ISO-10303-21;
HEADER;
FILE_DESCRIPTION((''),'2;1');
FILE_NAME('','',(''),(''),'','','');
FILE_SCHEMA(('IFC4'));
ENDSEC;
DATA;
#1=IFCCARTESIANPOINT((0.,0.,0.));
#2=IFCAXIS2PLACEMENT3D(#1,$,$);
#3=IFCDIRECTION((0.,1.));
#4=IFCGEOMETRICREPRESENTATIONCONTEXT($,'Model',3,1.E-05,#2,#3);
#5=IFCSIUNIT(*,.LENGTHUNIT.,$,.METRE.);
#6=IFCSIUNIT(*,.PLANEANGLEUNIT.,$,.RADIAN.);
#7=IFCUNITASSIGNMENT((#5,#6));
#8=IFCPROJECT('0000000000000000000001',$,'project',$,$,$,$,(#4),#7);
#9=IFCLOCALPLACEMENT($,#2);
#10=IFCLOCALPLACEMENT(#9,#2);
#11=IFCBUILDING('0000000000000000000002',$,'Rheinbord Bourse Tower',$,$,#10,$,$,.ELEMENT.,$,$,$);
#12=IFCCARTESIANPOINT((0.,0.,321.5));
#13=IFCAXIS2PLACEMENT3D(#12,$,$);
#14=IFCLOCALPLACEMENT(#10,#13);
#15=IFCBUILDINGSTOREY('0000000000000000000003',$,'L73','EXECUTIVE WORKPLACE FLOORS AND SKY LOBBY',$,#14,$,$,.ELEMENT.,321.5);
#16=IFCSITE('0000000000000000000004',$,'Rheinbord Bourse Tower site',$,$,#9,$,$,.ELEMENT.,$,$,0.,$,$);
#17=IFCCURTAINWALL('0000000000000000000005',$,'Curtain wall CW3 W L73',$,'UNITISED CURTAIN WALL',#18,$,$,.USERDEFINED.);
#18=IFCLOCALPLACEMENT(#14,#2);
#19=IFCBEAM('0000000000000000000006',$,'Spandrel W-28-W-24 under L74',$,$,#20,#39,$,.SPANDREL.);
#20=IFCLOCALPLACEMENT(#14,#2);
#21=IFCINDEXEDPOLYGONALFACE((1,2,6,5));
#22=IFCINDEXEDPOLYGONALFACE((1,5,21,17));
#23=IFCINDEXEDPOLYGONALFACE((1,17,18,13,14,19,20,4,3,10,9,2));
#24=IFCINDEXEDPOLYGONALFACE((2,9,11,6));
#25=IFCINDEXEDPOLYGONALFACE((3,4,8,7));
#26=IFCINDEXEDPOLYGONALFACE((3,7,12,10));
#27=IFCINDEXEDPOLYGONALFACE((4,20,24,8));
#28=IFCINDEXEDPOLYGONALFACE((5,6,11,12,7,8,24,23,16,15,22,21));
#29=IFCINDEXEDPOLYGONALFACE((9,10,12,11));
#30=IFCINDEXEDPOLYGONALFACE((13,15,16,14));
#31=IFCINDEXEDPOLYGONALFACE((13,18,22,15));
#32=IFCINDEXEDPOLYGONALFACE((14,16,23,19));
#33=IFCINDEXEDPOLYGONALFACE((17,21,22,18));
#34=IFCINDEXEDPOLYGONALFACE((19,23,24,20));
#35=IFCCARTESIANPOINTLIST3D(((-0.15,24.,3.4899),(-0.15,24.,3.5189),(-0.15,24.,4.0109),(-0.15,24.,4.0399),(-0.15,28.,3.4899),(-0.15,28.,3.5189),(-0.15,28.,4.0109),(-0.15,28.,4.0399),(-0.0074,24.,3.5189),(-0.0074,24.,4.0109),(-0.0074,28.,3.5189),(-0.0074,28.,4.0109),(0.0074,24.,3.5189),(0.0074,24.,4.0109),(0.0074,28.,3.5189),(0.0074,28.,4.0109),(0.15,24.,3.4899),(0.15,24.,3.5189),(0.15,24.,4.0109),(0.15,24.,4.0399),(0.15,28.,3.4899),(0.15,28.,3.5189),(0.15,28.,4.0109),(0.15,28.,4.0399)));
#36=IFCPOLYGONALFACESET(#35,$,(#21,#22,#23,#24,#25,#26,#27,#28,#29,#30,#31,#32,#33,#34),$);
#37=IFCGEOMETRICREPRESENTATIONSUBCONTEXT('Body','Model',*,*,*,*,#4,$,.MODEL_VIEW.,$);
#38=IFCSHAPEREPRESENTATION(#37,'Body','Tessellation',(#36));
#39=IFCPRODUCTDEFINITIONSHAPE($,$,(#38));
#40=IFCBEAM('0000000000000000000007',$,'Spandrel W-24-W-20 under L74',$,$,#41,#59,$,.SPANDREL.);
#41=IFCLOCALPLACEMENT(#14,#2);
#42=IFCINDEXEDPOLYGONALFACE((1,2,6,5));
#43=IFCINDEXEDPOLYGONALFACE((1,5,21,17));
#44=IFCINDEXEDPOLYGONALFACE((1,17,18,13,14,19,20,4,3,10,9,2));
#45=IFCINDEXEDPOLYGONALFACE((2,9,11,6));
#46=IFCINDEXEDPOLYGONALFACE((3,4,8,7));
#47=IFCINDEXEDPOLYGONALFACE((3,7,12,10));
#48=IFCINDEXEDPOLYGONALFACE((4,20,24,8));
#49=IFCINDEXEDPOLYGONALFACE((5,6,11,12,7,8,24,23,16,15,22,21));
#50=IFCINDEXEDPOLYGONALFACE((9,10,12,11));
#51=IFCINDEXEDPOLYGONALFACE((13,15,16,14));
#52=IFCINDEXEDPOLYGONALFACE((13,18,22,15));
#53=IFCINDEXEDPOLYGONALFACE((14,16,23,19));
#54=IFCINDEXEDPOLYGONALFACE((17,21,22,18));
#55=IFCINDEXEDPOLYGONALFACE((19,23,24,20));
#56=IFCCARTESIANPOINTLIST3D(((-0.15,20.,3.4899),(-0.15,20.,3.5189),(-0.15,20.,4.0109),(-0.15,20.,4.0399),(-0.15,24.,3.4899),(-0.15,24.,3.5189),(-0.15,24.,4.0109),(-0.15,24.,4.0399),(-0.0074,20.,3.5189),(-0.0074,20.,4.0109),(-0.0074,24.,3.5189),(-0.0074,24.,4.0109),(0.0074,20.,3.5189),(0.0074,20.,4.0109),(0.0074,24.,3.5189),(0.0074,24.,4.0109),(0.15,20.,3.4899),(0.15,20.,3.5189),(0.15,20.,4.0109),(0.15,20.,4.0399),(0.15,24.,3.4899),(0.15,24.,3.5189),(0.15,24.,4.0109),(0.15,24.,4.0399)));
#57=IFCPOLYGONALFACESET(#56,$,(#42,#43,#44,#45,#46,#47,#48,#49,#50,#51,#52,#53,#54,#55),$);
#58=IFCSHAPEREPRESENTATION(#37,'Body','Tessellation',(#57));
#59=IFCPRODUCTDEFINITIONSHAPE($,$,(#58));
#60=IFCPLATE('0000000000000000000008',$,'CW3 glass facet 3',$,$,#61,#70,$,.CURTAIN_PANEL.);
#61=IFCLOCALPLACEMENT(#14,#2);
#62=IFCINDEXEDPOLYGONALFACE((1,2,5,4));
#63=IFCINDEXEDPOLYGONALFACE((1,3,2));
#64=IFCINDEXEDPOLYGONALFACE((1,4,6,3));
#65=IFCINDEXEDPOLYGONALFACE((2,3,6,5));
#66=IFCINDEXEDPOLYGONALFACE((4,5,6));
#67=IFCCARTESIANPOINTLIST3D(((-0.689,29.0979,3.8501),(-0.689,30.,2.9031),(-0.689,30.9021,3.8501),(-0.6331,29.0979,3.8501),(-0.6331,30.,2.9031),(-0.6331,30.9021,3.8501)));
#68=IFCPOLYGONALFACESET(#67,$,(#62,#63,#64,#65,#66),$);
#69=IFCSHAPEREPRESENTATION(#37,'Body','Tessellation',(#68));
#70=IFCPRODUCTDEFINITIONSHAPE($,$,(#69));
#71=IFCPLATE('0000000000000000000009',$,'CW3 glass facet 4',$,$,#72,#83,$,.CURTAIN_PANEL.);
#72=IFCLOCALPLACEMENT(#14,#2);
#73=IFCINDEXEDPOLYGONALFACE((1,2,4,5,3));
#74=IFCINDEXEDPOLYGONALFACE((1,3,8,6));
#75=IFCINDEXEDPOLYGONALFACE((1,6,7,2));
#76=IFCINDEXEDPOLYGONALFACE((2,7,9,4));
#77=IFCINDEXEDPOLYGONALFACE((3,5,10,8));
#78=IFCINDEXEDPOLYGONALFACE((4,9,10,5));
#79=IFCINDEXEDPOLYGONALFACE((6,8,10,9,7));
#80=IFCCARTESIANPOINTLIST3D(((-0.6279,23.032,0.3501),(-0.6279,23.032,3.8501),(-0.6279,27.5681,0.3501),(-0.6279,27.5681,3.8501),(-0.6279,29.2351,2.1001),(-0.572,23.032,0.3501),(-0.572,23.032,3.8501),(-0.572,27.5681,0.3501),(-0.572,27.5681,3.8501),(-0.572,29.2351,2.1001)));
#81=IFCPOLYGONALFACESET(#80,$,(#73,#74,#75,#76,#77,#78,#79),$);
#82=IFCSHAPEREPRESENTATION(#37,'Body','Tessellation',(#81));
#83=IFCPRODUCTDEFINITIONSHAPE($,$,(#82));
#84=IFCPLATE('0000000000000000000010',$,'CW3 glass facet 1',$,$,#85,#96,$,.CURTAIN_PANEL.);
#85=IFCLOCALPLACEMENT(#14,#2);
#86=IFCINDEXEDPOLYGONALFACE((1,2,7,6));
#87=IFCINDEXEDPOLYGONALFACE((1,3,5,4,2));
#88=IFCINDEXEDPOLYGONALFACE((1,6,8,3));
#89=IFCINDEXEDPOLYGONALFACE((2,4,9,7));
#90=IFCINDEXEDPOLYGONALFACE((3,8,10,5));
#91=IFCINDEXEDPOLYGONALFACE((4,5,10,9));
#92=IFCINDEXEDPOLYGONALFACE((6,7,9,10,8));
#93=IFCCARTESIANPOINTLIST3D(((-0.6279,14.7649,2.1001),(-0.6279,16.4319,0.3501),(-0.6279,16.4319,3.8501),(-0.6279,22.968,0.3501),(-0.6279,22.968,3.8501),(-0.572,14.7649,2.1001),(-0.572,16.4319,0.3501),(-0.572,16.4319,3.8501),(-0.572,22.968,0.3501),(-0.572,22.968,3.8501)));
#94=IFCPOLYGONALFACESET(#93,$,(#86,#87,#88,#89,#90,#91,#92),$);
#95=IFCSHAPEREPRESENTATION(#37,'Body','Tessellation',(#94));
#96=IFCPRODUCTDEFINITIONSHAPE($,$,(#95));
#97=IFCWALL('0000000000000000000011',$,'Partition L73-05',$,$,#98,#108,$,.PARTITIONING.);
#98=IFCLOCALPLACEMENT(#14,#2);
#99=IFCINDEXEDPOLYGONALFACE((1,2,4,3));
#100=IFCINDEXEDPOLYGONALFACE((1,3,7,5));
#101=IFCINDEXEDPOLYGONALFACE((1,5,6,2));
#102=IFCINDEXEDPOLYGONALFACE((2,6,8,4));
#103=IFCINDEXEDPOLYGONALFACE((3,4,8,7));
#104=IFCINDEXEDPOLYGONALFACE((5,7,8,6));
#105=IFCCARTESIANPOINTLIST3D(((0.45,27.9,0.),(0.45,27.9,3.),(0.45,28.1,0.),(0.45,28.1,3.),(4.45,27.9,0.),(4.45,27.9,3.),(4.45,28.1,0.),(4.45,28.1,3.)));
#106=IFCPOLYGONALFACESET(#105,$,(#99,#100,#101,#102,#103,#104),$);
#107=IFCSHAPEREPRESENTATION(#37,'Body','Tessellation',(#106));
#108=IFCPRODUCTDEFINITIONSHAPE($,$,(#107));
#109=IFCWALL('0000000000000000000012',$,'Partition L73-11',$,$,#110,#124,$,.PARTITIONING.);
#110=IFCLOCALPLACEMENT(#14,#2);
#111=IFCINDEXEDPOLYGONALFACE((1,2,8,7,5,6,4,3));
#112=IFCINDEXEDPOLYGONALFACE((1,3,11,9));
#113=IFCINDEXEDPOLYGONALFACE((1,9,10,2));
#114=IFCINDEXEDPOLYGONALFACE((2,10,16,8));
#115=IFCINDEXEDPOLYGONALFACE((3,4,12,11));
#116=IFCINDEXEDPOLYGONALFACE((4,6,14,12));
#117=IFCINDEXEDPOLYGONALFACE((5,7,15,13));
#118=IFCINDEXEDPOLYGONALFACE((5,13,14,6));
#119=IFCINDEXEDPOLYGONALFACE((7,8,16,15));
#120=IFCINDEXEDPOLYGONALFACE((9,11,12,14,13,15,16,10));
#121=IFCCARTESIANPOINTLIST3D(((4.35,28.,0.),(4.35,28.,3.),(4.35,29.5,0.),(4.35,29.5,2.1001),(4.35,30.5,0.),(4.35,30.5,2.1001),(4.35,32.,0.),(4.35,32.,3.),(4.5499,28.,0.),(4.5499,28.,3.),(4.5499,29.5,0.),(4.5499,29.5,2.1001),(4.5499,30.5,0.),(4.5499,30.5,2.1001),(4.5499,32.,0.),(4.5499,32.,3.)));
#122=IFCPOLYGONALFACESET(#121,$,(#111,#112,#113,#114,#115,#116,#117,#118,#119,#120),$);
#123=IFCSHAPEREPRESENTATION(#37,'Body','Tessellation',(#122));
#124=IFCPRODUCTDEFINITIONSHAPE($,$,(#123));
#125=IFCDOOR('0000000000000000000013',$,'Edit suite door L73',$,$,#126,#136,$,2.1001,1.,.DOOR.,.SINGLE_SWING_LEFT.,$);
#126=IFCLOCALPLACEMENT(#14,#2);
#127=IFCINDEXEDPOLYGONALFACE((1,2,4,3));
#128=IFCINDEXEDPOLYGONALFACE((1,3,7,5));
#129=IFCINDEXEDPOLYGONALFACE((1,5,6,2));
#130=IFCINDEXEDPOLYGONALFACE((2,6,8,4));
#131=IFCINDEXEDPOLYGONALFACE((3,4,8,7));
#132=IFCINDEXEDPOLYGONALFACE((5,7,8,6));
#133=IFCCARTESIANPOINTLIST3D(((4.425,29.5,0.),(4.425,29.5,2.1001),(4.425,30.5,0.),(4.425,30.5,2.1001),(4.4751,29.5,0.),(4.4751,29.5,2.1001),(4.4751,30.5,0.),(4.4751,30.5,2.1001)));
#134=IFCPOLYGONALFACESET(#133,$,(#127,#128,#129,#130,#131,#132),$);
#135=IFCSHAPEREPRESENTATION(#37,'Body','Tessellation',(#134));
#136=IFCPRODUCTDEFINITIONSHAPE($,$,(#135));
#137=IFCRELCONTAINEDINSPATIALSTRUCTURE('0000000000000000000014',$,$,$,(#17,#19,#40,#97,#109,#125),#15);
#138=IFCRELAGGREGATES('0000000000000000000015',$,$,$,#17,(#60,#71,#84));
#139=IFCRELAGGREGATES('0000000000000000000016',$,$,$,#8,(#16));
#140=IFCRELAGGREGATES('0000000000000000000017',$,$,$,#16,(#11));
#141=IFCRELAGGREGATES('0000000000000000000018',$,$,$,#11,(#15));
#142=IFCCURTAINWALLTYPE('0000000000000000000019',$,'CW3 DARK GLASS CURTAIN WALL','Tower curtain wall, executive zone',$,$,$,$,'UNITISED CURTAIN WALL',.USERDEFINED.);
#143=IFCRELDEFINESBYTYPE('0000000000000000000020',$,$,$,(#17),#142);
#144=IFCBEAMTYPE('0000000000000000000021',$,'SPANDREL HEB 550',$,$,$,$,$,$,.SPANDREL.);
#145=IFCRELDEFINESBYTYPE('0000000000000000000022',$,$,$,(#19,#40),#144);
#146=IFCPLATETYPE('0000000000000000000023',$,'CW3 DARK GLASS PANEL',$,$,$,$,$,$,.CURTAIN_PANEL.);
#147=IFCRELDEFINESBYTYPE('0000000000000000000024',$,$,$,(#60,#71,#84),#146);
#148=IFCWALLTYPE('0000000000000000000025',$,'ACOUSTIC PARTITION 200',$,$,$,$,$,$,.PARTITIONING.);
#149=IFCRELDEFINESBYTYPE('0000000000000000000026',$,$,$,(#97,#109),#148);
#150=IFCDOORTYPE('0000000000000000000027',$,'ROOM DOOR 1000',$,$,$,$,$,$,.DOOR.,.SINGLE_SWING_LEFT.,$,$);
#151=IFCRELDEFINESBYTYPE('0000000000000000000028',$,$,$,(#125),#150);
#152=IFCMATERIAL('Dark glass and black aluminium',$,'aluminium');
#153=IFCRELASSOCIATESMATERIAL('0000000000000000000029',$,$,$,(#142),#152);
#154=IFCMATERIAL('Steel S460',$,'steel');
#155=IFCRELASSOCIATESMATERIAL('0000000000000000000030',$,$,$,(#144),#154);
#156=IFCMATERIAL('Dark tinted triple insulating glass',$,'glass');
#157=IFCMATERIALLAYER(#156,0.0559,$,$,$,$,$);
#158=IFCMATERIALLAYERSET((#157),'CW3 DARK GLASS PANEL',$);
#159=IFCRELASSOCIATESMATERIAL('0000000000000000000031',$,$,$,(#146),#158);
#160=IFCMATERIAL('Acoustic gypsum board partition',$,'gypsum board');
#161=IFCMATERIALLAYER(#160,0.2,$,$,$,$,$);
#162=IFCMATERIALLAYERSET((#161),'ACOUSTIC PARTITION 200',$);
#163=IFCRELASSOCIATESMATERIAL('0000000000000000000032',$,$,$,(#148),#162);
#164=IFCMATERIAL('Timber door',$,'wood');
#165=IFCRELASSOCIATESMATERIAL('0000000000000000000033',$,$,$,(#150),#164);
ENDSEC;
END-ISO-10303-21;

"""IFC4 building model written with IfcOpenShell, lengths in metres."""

from ifc_helpers import new_model, si_unit, direction, frame, frame_2d, origin, origin_2d, place, context, subcontext, project, spatial, polyline, rectangle, i_section, outline, extrude, material, layer, layer_set, material_profile, profile_set, type_object, element, fill, aggregate, save


model = new_model("IFC4")

# Units and contexts
model_context = context("Model", 3, precision=1e-05, world=origin(), true_north=direction((0.0, 1.0)))
body_context = subcontext(model_context, "Body", "Model", "MODEL_VIEW")
ifc_project = project(units=[si_unit("LENGTHUNIT", "METRE"), si_unit("PLANEANGLEUNIT", "RADIAN")], contexts=[model_context])

# Site, building, storey
site_placement = place(None, origin())
site = spatial("IfcSite", under=ifc_project, at=site_placement, Name="Rheinbord Bourse Tower site", CompositionType="ELEMENT", RefElevation=0.0)
building_placement = place(site_placement, origin())
building = spatial("IfcBuilding", under=site, at=building_placement, Name="Rheinbord Bourse Tower", CompositionType="ELEMENT")
storey_placement = place(building_placement, frame((0.0, 0.0, 321.5)))
storey = spatial("IfcBuildingStorey", under=building, at=storey_placement, Name="L73", Description="EXECUTIVE WORKPLACE FLOORS AND SKY LOBBY", CompositionType="ELEMENT", Elevation=321.5)

# Curtain wall
ifc_material_1 = material(Name="Dark glass and black aluminium", Category="aluminium")
curtain_wall_type = type_object("IfcCurtainWallType", Name="CW3 DARK GLASS CURTAIN WALL", Description="Tower curtain wall, executive zone", ElementType="UNITISED CURTAIN WALL", PredefinedType="USERDEFINED", material=ifc_material_1)
curtain_wall_placement = place(storey_placement, origin())
curtain_wall = element("IfcCurtainWall", 1, at=curtain_wall_placement, inside=storey, type_object=curtain_wall_type, Name="Curtain wall CW3 W L73", ObjectType="UNITISED CURTAIN WALL", PredefinedType="USERDEFINED")

# Beams
ifc_material_2 = material(Name="Steel S460", Category="steel")
ifc_material_profile_1 = material_profile(ifc_material_2, i_section(OverallWidth=0.3, OverallDepth=0.55, WebThickness=0.0149, FlangeThickness=0.0291, at=origin_2d()), Name="HEB 550")
ifc_profile_set_1 = profile_set([ifc_material_profile_1], Name="Steel S460")
beam_type_1 = type_object("IfcBeamType", Name="SPANDREL HEB 550", PredefinedType="SPANDREL", material=ifc_profile_set_1)
for number, where, z_axis, x_axis, name in (
    (2, (0.0, 28.0, 3.7649), (0.0, -1.0, 0.0), (1.0, 0.0, 0.0), "Spandrel W-28-W-24 under L74"),
    (3, (0.0, 24.0, 3.7649), (0.0, -1.0, 0.0), (1.0, 0.0, 0.0), "Spandrel W-24-W-20 under L74"),
):
    element("IfcBeam", number, at=place(storey_placement, frame(where, z_axis=z_axis, x_axis=x_axis)), inside=storey, type_object=beam_type_1, Name=name, PredefinedType="SPANDREL", context=body_context, shape_type="SweptSolid", body=[
        extrude(i_section(OverallWidth=0.3, OverallDepth=0.55, WebThickness=0.0149, FlangeThickness=0.0291, at=origin_2d()), origin(), (0.0, 0.0, 1.0), 4.0),
    ])

# Plates
ifc_material_3 = material(Name="Dark tinted triple insulating glass", Category="glass")
ifc_layer_1 = layer(ifc_material_3, 0.0559)
ifc_layer_set_1 = layer_set([ifc_layer_1], Name="CW3 DARK GLASS PANEL")
plate_type = type_object("IfcPlateType", Name="CW3 DARK GLASS PANEL", PredefinedType="CURTAIN_PANEL", material=ifc_layer_set_1)
plate_1_placement = place(storey_placement, frame((-0.689, 29.0979, 3.8501), z_axis=(1.0, 0.0, 0.0), x_axis=(0.0, 0.689725, -0.724071)))
plate_1 = element("IfcPlate", 4, at=plate_1_placement, type_object=plate_type, Name="CW3 glass facet 3", PredefinedType="CURTAIN_PANEL", context=body_context, shape_type="SweptSolid", body=[
    extrude(outline(polyline([(0.0, 0.0), (1.3079, 0.0), (1.2444, 1.3064), (0.0, 0.0)])), origin(), (0.0, 0.0, 1.0), 0.0559),
])
plate_2_placement = place(storey_placement, frame((-0.6279, 23.032, 3.8501), z_axis=(1.0, 0.0, 0.0), x_axis=(0.0, 0.0, -1.0)))
plate_2 = element("IfcPlate", 5, at=plate_2_placement, type_object=plate_type, Name="CW3 glass facet 4", PredefinedType="CURTAIN_PANEL", context=body_context, shape_type="SweptSolid", body=[
    extrude(outline(polyline([(0.0, 0.0), (3.5, 0.0), (3.5, 4.5361), (1.75, 6.2031), (0.0, 4.5361), (0.0, 0.0)])), origin(), (0.0, 0.0, 1.0), 0.0559),
])
plate_3_placement = place(storey_placement, frame((-0.6279, 22.968, 0.3501), z_axis=(1.0, 0.0, 0.0), x_axis=(0.0, 0.0, 1.0)))
plate_3 = element("IfcPlate", 6, at=plate_3_placement, type_object=plate_type, Name="CW3 glass facet 1", PredefinedType="CURTAIN_PANEL", context=body_context, shape_type="SweptSolid", body=[
    extrude(outline(polyline([(0.0, 0.0), (3.5, 0.0), (3.5, 6.5361), (1.75, 8.2031), (0.0, 6.5361), (0.0, 0.0)])), origin(), (0.0, 0.0, 1.0), 0.0559),
])
aggregate(curtain_wall, [plate_1, plate_2, plate_3])

# Wall
ifc_material_4 = material(Name="Acoustic gypsum board partition", Category="gypsum board")
ifc_layer_2 = layer(ifc_material_4, 0.2)
ifc_layer_set_2 = layer_set([ifc_layer_2], Name="ACOUSTIC PARTITION 200")
wall_type = type_object("IfcWallType", Name="ACOUSTIC PARTITION 200", PredefinedType="PARTITIONING", material=ifc_layer_set_2)
wall_1_placement = place(storey_placement, frame((0.45, 28.0, 0.0), z_axis=(0.0, 0.0, 1.0), x_axis=(1.0, 0.0, 0.0)))
element("IfcWall", 7, at=wall_1_placement, inside=storey, type_object=wall_type, Name="Partition L73-05", PredefinedType="PARTITIONING", context=body_context, shape_type="SweptSolid", body=[
    extrude(rectangle(XDim=4.0, YDim=0.2, at=frame_2d((2.0, 0.0))), origin(), (0.0, 0.0, 1.0), 3.0),
])

# Wall, opening, door
wall_2_placement = place(storey_placement, frame((4.45, 28.0, 0.0), z_axis=(0.0, 0.0, 1.0), x_axis=(0.0, 1.0, 0.0)))
wall_2 = element("IfcWall", 8, at=wall_2_placement, inside=storey, type_object=wall_type, Name="Partition L73-11", PredefinedType="PARTITIONING", context=body_context, shape_type="SweptSolid", body=[
    extrude(rectangle(XDim=4.0, YDim=0.2, at=frame_2d((2.0, 0.0))), origin(), (0.0, 0.0, 1.0), 3.0),
])
opening_placement = place(wall_2_placement, frame((1.5, 0.0, 0.0)))
opening = element("IfcOpeningElement", 9, at=opening_placement, cuts=wall_2, PredefinedType="OPENING", context=body_context, shape_type="SweptSolid", body=[
    extrude(rectangle(XDim=1.0, YDim=2.1001, at=frame_2d((0.5, 1.05))), frame((0.0, 0.1099, 0.0), z_axis=(0.0, -1.0, 0.0), x_axis=(1.0, 0.0, 0.0)), (0.0, 0.0, 1.0), 0.22),
])
ifc_material_5 = material(Name="Timber door", Category="wood")
door_type = type_object("IfcDoorType", Name="ROOM DOOR 1000", OperationType="SINGLE_SWING_LEFT", PredefinedType="DOOR", material=ifc_material_5)
door_placement = place(opening_placement, origin())
door = element("IfcDoor", 10, at=door_placement, inside=storey, type_object=door_type, Name="Edit suite door L73", OperationType="SINGLE_SWING_LEFT", OverallHeight=2.1001, OverallWidth=1.0, PredefinedType="DOOR", context=body_context, shape_type="SweptSolid", body=[
    extrude(rectangle(XDim=1.0, YDim=2.1001, at=frame_2d((0.5, 1.05))), frame((0.0, 0.0249, 0.0), z_axis=(0.0, -1.0, 0.0), x_axis=(1.0, 0.0, 0.0)), (0.0, 0.0, 1.0), 0.05),
])
fill(opening, door)

save(model, "model.ifc")
